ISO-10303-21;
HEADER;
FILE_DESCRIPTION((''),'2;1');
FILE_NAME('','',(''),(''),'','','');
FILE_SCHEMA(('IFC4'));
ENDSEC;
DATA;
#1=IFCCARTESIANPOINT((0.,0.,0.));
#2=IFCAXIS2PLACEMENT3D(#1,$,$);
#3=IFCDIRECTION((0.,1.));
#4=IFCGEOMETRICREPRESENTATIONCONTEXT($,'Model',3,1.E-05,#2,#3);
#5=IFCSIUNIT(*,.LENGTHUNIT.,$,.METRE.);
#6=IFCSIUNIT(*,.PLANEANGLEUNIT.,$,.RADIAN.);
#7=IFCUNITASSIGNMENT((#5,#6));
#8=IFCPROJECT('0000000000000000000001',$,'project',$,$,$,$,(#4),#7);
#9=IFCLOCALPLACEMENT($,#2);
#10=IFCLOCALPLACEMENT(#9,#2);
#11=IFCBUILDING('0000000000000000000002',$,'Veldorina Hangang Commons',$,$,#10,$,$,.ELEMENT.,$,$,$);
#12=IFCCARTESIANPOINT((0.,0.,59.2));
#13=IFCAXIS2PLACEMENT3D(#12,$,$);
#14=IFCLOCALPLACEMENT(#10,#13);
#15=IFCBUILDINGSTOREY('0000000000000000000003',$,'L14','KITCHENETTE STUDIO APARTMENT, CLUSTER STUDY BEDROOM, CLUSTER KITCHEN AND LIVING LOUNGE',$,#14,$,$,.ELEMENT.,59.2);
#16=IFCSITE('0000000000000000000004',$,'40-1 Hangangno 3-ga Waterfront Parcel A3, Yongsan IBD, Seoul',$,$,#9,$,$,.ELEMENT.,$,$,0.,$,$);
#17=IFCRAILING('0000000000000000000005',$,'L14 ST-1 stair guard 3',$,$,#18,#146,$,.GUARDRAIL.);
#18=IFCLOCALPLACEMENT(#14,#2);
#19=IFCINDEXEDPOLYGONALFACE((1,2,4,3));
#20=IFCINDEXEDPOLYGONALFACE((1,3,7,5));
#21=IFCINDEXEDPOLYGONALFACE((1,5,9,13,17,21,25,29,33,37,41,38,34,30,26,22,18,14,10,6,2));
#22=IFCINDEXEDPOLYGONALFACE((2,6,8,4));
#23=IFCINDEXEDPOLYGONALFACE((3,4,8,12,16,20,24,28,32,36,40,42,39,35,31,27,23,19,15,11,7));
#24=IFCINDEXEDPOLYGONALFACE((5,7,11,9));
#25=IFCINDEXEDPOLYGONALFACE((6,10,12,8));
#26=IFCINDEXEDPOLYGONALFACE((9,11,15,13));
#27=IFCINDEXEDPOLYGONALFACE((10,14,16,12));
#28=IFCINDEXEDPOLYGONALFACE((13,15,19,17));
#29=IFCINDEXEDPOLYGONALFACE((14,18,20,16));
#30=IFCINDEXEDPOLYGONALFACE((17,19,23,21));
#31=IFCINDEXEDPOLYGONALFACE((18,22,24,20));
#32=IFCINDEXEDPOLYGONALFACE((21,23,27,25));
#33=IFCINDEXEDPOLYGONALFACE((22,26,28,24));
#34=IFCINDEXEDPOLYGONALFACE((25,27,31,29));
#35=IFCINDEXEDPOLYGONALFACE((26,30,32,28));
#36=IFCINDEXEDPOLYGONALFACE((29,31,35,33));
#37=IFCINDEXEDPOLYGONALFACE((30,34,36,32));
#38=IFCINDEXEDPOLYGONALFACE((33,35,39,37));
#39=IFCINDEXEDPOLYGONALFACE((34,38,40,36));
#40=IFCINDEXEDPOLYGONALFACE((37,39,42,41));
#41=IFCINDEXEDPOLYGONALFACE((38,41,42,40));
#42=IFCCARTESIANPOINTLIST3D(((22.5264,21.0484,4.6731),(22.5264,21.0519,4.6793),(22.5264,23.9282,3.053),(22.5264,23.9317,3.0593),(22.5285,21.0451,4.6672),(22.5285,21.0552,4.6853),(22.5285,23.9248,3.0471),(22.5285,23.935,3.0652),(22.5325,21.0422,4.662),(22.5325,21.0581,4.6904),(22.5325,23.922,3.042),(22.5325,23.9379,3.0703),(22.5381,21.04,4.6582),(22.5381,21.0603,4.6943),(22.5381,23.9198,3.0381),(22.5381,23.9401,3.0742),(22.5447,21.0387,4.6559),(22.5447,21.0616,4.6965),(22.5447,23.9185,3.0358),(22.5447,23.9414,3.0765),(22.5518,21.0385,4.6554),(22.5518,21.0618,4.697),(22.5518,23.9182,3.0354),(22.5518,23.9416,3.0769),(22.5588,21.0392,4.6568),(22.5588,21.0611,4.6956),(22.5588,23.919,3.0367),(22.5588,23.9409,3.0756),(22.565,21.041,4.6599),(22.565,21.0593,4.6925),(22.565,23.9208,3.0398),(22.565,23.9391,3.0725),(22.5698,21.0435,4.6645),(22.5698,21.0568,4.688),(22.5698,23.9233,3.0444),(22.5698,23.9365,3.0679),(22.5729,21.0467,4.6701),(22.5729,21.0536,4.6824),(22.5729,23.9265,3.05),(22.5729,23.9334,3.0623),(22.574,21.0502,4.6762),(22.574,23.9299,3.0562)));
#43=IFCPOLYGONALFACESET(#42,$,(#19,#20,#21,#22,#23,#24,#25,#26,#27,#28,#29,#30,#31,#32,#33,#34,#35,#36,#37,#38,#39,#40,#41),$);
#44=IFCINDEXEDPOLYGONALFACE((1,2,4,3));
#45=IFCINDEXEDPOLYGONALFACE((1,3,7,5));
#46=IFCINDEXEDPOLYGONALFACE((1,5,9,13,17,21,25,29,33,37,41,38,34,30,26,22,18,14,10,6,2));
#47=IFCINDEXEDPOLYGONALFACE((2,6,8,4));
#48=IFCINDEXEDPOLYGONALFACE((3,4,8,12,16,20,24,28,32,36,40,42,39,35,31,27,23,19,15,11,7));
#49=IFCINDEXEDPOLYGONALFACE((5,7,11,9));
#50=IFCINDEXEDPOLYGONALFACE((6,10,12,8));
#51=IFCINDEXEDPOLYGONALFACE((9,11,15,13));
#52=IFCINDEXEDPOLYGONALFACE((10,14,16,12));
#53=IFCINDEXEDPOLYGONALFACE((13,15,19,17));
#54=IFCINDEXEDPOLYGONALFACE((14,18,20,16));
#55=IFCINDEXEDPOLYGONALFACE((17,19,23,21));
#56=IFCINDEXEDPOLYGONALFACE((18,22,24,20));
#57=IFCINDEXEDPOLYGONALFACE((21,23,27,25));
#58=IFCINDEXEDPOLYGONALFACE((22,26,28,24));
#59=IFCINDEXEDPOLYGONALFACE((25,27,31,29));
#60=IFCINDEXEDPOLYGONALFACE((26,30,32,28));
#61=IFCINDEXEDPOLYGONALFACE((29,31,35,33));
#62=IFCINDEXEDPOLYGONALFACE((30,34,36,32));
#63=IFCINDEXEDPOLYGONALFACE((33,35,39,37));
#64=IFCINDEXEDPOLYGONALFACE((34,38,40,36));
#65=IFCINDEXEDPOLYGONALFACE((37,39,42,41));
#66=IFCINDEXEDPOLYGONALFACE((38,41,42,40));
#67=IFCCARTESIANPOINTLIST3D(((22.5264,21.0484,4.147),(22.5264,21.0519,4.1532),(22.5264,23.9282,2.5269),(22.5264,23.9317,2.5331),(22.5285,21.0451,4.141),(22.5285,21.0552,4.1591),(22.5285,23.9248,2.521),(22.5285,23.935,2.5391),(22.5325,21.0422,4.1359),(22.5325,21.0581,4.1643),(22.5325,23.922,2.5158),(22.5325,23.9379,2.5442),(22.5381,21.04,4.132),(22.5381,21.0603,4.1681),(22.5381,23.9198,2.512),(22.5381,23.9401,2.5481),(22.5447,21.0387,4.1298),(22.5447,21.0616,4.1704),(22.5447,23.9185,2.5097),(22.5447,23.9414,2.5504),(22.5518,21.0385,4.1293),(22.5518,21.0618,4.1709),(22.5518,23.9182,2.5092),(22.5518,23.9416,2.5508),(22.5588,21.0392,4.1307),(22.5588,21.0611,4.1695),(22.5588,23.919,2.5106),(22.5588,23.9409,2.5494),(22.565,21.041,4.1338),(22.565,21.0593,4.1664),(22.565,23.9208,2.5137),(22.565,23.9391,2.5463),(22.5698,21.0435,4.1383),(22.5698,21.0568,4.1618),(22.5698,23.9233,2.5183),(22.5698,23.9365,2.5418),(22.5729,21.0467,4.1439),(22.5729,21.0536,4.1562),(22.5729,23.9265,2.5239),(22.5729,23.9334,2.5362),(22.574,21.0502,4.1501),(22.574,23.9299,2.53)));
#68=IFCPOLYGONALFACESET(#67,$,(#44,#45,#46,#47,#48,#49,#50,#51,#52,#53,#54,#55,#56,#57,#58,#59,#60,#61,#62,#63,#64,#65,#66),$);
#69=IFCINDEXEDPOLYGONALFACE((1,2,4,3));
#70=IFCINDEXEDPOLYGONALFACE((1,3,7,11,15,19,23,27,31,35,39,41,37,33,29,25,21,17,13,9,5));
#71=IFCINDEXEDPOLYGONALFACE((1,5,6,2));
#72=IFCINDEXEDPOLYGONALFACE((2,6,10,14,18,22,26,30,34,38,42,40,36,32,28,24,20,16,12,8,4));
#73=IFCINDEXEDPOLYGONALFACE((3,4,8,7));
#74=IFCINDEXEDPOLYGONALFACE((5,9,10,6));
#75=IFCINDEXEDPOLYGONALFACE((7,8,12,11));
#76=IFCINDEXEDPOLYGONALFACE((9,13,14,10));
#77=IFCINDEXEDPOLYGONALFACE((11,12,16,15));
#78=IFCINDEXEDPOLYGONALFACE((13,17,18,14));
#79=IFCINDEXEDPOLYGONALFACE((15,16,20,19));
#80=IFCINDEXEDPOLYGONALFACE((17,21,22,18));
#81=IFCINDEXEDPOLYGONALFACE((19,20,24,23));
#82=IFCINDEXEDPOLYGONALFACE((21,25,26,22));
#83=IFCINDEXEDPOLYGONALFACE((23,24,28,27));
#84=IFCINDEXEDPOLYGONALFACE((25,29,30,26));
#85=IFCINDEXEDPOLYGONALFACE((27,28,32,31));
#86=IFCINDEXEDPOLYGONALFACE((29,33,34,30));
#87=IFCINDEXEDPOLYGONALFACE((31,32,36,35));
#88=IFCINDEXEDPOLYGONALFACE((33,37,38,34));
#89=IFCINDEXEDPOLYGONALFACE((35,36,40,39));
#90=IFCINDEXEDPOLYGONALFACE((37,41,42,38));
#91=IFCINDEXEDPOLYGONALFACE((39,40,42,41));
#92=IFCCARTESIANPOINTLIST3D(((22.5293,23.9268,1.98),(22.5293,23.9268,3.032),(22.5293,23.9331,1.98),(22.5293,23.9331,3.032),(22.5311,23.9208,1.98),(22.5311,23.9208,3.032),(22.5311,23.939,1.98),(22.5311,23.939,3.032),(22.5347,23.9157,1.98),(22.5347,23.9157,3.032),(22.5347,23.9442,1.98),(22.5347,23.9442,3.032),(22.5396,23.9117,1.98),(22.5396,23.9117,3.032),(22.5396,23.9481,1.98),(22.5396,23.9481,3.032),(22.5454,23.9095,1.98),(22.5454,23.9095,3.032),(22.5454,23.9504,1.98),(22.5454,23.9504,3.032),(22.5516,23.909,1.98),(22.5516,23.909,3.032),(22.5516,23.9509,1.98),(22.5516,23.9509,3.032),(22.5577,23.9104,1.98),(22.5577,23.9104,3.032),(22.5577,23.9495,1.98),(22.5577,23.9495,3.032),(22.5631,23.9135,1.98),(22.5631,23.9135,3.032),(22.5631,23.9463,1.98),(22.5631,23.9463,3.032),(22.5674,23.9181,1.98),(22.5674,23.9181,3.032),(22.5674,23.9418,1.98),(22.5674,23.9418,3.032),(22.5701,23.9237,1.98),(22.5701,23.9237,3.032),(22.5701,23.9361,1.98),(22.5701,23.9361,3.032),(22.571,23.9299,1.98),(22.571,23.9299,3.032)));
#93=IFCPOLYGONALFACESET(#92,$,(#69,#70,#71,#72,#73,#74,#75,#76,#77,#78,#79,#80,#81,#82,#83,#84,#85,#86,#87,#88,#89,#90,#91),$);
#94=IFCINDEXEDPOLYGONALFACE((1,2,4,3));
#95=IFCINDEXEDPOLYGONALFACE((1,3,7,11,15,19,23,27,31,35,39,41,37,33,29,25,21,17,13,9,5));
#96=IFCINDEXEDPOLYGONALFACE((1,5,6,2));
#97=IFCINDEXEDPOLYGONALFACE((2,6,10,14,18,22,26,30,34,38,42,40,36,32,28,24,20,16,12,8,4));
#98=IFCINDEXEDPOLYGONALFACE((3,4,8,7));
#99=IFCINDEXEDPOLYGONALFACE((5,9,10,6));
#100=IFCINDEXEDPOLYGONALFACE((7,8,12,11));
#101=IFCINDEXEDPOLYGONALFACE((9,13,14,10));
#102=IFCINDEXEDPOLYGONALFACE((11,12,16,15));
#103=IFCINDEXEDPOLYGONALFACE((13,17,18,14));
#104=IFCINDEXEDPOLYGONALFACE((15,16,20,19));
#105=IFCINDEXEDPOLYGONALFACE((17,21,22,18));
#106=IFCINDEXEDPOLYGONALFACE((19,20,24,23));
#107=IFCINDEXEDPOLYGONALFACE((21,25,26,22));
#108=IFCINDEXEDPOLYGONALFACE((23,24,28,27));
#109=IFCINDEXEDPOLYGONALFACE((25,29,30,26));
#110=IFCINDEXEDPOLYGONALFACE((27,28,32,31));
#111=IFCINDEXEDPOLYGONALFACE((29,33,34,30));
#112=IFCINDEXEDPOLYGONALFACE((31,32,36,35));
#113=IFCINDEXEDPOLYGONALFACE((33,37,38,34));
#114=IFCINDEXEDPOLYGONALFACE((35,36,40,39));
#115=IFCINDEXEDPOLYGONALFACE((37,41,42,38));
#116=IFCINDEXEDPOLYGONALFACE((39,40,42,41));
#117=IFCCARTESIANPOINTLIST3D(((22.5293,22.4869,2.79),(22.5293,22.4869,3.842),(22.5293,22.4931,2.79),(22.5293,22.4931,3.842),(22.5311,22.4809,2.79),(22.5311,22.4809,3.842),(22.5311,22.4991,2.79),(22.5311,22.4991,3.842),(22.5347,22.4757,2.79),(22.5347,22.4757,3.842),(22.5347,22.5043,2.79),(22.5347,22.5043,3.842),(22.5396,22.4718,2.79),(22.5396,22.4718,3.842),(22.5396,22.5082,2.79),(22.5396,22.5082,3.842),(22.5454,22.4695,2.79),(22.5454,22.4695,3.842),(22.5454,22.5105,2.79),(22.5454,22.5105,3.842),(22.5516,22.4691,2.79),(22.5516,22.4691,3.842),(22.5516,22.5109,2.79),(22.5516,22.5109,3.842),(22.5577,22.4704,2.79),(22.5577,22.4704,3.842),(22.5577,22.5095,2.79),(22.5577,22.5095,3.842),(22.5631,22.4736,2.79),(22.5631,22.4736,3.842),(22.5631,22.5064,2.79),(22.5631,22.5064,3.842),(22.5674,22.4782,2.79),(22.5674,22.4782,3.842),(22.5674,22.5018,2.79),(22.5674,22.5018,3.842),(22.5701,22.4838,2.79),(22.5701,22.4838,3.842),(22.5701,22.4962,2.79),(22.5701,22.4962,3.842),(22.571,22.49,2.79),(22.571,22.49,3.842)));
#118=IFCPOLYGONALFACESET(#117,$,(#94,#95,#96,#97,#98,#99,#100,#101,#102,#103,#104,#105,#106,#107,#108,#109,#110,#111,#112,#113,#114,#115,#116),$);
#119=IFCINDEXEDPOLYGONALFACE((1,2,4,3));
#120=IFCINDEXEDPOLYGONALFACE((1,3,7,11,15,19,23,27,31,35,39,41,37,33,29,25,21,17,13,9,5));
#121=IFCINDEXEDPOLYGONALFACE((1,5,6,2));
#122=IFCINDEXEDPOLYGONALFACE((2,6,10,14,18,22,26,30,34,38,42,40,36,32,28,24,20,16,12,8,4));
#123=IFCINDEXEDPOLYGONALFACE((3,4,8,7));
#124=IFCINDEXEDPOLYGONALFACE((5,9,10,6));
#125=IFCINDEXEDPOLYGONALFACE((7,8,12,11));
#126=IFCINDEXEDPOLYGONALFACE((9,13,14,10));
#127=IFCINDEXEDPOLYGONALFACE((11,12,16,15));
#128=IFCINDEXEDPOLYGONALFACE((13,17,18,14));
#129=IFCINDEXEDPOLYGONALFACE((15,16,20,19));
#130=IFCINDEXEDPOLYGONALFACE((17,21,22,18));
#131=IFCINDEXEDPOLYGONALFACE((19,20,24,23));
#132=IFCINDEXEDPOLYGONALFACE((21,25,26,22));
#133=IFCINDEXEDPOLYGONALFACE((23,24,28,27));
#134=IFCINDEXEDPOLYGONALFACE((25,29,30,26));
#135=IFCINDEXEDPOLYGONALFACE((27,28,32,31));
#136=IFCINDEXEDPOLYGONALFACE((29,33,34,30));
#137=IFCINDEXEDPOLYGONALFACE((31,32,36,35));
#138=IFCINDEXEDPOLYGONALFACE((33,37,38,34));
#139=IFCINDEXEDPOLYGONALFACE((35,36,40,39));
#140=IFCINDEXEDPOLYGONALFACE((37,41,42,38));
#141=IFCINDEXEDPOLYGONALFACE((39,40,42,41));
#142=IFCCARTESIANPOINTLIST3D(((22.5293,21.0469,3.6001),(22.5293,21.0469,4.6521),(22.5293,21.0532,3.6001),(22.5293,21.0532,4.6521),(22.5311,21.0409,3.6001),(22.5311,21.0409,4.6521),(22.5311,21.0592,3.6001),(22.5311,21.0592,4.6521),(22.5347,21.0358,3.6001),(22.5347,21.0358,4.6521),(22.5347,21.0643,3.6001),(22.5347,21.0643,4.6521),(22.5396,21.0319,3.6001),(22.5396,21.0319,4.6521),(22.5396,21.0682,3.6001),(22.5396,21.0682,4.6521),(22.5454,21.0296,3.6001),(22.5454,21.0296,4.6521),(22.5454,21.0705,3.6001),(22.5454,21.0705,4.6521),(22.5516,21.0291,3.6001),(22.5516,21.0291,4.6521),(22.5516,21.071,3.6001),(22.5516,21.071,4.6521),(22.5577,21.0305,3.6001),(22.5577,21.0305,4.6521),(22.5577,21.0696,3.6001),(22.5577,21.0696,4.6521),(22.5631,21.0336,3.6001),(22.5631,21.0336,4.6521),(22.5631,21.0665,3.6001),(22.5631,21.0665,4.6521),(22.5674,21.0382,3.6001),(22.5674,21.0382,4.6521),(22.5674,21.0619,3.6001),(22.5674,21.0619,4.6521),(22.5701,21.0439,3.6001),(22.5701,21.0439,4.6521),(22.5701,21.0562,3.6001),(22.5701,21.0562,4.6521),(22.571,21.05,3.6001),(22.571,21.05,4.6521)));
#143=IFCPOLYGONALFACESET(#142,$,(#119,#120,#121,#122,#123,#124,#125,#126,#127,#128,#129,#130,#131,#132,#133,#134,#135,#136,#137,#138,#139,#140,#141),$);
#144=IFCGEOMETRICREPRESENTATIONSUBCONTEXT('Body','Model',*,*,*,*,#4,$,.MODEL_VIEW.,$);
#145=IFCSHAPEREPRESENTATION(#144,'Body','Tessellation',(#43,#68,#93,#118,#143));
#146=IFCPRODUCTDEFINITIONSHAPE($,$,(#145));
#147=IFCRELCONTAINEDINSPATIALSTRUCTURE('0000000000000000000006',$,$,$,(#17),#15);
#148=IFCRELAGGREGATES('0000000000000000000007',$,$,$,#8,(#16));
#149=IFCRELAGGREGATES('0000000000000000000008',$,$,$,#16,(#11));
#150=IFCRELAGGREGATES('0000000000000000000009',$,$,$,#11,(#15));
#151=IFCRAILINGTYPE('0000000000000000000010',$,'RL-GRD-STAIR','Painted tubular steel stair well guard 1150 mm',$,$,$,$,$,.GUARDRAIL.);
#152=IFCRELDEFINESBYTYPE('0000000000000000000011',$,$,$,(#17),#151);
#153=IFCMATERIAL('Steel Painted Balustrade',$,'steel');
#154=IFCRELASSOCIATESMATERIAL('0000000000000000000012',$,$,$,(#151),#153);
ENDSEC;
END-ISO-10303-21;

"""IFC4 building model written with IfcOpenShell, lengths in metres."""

from ifc_helpers import new_model, si_unit, direction, frame, origin, origin_2d, place, context, subcontext, project, spatial, circle, extrude, material, type_object, element, save


model = new_model("IFC4")

# Units and contexts
model_context = context("Model", 3, precision=1e-05, world=origin(), true_north=direction((0.0, 1.0)))
body_context = subcontext(model_context, "Body", "Model", "MODEL_VIEW")
ifc_project = project(units=[si_unit("LENGTHUNIT", "METRE"), si_unit("PLANEANGLEUNIT", "RADIAN")], contexts=[model_context])

# Site, building, storey
site_placement = place(None, origin())
site = spatial("IfcSite", under=ifc_project, at=site_placement, Name="40-1 Hangangno 3-ga Waterfront Parcel A3, Yongsan IBD, Seoul", CompositionType="ELEMENT", RefElevation=0.0)
building_placement = place(site_placement, origin())
building = spatial("IfcBuilding", under=site, at=building_placement, Name="Veldorina Hangang Commons", CompositionType="ELEMENT")
storey_placement = place(building_placement, frame((0.0, 0.0, 59.2)))
storey = spatial("IfcBuildingStorey", under=building, at=storey_placement, Name="L14", Description="KITCHENETTE STUDIO APARTMENT, CLUSTER STUDY BEDROOM, CLUSTER KITCHEN AND LIVING LOUNGE", CompositionType="ELEMENT", Elevation=59.2)

# Railing
ifc_material_1 = material(Name="Steel Painted Balustrade", Category="steel")
railing_type_1 = type_object("IfcRailingType", Name="RL-GRD-STAIR", Description="Painted tubular steel stair well guard 1150 mm", PredefinedType="GUARDRAIL", material=ifc_material_1)
railing_1_placement = place(storey_placement, frame((22.55, 23.9299, 1.98)))
element("IfcRailing", 1, at=railing_1_placement, inside=storey, type_object=railing_type_1, Name="L14 ST-1 stair guard 3", PredefinedType="GUARDRAIL", context=body_context, shape_type="SweptSolid", body=[
    extrude(circle(Radius=0.0239, at=origin_2d()), frame((0.0, 0.0, 1.0762), z_axis=(0.0, -0.871552, 0.490303), x_axis=(1.0, 0.0, 0.0)), (0.0, 0.0, 1.0), 3.3042),
    extrude(circle(Radius=0.0239, at=origin_2d()), frame((0.0, 0.0, 0.55), z_axis=(0.0, -0.871552, 0.490303), x_axis=(1.0, 0.0, 0.0)), (0.0, 0.0, 1.0), 3.3042),
    extrude(circle(Radius=0.021, at=origin_2d()), origin(), (0.0, 0.0, 1.0), 1.052),
    extrude(circle(Radius=0.021, at=origin_2d()), frame((0.0, -1.4399, 0.8101)), (0.0, 0.0, 1.0), 1.052),
    extrude(circle(Radius=0.021, at=origin_2d()), frame((0.0, -2.8799, 1.6201)), (0.0, 0.0, 1.0), 1.052),
])

save(model, "model.ifc")
